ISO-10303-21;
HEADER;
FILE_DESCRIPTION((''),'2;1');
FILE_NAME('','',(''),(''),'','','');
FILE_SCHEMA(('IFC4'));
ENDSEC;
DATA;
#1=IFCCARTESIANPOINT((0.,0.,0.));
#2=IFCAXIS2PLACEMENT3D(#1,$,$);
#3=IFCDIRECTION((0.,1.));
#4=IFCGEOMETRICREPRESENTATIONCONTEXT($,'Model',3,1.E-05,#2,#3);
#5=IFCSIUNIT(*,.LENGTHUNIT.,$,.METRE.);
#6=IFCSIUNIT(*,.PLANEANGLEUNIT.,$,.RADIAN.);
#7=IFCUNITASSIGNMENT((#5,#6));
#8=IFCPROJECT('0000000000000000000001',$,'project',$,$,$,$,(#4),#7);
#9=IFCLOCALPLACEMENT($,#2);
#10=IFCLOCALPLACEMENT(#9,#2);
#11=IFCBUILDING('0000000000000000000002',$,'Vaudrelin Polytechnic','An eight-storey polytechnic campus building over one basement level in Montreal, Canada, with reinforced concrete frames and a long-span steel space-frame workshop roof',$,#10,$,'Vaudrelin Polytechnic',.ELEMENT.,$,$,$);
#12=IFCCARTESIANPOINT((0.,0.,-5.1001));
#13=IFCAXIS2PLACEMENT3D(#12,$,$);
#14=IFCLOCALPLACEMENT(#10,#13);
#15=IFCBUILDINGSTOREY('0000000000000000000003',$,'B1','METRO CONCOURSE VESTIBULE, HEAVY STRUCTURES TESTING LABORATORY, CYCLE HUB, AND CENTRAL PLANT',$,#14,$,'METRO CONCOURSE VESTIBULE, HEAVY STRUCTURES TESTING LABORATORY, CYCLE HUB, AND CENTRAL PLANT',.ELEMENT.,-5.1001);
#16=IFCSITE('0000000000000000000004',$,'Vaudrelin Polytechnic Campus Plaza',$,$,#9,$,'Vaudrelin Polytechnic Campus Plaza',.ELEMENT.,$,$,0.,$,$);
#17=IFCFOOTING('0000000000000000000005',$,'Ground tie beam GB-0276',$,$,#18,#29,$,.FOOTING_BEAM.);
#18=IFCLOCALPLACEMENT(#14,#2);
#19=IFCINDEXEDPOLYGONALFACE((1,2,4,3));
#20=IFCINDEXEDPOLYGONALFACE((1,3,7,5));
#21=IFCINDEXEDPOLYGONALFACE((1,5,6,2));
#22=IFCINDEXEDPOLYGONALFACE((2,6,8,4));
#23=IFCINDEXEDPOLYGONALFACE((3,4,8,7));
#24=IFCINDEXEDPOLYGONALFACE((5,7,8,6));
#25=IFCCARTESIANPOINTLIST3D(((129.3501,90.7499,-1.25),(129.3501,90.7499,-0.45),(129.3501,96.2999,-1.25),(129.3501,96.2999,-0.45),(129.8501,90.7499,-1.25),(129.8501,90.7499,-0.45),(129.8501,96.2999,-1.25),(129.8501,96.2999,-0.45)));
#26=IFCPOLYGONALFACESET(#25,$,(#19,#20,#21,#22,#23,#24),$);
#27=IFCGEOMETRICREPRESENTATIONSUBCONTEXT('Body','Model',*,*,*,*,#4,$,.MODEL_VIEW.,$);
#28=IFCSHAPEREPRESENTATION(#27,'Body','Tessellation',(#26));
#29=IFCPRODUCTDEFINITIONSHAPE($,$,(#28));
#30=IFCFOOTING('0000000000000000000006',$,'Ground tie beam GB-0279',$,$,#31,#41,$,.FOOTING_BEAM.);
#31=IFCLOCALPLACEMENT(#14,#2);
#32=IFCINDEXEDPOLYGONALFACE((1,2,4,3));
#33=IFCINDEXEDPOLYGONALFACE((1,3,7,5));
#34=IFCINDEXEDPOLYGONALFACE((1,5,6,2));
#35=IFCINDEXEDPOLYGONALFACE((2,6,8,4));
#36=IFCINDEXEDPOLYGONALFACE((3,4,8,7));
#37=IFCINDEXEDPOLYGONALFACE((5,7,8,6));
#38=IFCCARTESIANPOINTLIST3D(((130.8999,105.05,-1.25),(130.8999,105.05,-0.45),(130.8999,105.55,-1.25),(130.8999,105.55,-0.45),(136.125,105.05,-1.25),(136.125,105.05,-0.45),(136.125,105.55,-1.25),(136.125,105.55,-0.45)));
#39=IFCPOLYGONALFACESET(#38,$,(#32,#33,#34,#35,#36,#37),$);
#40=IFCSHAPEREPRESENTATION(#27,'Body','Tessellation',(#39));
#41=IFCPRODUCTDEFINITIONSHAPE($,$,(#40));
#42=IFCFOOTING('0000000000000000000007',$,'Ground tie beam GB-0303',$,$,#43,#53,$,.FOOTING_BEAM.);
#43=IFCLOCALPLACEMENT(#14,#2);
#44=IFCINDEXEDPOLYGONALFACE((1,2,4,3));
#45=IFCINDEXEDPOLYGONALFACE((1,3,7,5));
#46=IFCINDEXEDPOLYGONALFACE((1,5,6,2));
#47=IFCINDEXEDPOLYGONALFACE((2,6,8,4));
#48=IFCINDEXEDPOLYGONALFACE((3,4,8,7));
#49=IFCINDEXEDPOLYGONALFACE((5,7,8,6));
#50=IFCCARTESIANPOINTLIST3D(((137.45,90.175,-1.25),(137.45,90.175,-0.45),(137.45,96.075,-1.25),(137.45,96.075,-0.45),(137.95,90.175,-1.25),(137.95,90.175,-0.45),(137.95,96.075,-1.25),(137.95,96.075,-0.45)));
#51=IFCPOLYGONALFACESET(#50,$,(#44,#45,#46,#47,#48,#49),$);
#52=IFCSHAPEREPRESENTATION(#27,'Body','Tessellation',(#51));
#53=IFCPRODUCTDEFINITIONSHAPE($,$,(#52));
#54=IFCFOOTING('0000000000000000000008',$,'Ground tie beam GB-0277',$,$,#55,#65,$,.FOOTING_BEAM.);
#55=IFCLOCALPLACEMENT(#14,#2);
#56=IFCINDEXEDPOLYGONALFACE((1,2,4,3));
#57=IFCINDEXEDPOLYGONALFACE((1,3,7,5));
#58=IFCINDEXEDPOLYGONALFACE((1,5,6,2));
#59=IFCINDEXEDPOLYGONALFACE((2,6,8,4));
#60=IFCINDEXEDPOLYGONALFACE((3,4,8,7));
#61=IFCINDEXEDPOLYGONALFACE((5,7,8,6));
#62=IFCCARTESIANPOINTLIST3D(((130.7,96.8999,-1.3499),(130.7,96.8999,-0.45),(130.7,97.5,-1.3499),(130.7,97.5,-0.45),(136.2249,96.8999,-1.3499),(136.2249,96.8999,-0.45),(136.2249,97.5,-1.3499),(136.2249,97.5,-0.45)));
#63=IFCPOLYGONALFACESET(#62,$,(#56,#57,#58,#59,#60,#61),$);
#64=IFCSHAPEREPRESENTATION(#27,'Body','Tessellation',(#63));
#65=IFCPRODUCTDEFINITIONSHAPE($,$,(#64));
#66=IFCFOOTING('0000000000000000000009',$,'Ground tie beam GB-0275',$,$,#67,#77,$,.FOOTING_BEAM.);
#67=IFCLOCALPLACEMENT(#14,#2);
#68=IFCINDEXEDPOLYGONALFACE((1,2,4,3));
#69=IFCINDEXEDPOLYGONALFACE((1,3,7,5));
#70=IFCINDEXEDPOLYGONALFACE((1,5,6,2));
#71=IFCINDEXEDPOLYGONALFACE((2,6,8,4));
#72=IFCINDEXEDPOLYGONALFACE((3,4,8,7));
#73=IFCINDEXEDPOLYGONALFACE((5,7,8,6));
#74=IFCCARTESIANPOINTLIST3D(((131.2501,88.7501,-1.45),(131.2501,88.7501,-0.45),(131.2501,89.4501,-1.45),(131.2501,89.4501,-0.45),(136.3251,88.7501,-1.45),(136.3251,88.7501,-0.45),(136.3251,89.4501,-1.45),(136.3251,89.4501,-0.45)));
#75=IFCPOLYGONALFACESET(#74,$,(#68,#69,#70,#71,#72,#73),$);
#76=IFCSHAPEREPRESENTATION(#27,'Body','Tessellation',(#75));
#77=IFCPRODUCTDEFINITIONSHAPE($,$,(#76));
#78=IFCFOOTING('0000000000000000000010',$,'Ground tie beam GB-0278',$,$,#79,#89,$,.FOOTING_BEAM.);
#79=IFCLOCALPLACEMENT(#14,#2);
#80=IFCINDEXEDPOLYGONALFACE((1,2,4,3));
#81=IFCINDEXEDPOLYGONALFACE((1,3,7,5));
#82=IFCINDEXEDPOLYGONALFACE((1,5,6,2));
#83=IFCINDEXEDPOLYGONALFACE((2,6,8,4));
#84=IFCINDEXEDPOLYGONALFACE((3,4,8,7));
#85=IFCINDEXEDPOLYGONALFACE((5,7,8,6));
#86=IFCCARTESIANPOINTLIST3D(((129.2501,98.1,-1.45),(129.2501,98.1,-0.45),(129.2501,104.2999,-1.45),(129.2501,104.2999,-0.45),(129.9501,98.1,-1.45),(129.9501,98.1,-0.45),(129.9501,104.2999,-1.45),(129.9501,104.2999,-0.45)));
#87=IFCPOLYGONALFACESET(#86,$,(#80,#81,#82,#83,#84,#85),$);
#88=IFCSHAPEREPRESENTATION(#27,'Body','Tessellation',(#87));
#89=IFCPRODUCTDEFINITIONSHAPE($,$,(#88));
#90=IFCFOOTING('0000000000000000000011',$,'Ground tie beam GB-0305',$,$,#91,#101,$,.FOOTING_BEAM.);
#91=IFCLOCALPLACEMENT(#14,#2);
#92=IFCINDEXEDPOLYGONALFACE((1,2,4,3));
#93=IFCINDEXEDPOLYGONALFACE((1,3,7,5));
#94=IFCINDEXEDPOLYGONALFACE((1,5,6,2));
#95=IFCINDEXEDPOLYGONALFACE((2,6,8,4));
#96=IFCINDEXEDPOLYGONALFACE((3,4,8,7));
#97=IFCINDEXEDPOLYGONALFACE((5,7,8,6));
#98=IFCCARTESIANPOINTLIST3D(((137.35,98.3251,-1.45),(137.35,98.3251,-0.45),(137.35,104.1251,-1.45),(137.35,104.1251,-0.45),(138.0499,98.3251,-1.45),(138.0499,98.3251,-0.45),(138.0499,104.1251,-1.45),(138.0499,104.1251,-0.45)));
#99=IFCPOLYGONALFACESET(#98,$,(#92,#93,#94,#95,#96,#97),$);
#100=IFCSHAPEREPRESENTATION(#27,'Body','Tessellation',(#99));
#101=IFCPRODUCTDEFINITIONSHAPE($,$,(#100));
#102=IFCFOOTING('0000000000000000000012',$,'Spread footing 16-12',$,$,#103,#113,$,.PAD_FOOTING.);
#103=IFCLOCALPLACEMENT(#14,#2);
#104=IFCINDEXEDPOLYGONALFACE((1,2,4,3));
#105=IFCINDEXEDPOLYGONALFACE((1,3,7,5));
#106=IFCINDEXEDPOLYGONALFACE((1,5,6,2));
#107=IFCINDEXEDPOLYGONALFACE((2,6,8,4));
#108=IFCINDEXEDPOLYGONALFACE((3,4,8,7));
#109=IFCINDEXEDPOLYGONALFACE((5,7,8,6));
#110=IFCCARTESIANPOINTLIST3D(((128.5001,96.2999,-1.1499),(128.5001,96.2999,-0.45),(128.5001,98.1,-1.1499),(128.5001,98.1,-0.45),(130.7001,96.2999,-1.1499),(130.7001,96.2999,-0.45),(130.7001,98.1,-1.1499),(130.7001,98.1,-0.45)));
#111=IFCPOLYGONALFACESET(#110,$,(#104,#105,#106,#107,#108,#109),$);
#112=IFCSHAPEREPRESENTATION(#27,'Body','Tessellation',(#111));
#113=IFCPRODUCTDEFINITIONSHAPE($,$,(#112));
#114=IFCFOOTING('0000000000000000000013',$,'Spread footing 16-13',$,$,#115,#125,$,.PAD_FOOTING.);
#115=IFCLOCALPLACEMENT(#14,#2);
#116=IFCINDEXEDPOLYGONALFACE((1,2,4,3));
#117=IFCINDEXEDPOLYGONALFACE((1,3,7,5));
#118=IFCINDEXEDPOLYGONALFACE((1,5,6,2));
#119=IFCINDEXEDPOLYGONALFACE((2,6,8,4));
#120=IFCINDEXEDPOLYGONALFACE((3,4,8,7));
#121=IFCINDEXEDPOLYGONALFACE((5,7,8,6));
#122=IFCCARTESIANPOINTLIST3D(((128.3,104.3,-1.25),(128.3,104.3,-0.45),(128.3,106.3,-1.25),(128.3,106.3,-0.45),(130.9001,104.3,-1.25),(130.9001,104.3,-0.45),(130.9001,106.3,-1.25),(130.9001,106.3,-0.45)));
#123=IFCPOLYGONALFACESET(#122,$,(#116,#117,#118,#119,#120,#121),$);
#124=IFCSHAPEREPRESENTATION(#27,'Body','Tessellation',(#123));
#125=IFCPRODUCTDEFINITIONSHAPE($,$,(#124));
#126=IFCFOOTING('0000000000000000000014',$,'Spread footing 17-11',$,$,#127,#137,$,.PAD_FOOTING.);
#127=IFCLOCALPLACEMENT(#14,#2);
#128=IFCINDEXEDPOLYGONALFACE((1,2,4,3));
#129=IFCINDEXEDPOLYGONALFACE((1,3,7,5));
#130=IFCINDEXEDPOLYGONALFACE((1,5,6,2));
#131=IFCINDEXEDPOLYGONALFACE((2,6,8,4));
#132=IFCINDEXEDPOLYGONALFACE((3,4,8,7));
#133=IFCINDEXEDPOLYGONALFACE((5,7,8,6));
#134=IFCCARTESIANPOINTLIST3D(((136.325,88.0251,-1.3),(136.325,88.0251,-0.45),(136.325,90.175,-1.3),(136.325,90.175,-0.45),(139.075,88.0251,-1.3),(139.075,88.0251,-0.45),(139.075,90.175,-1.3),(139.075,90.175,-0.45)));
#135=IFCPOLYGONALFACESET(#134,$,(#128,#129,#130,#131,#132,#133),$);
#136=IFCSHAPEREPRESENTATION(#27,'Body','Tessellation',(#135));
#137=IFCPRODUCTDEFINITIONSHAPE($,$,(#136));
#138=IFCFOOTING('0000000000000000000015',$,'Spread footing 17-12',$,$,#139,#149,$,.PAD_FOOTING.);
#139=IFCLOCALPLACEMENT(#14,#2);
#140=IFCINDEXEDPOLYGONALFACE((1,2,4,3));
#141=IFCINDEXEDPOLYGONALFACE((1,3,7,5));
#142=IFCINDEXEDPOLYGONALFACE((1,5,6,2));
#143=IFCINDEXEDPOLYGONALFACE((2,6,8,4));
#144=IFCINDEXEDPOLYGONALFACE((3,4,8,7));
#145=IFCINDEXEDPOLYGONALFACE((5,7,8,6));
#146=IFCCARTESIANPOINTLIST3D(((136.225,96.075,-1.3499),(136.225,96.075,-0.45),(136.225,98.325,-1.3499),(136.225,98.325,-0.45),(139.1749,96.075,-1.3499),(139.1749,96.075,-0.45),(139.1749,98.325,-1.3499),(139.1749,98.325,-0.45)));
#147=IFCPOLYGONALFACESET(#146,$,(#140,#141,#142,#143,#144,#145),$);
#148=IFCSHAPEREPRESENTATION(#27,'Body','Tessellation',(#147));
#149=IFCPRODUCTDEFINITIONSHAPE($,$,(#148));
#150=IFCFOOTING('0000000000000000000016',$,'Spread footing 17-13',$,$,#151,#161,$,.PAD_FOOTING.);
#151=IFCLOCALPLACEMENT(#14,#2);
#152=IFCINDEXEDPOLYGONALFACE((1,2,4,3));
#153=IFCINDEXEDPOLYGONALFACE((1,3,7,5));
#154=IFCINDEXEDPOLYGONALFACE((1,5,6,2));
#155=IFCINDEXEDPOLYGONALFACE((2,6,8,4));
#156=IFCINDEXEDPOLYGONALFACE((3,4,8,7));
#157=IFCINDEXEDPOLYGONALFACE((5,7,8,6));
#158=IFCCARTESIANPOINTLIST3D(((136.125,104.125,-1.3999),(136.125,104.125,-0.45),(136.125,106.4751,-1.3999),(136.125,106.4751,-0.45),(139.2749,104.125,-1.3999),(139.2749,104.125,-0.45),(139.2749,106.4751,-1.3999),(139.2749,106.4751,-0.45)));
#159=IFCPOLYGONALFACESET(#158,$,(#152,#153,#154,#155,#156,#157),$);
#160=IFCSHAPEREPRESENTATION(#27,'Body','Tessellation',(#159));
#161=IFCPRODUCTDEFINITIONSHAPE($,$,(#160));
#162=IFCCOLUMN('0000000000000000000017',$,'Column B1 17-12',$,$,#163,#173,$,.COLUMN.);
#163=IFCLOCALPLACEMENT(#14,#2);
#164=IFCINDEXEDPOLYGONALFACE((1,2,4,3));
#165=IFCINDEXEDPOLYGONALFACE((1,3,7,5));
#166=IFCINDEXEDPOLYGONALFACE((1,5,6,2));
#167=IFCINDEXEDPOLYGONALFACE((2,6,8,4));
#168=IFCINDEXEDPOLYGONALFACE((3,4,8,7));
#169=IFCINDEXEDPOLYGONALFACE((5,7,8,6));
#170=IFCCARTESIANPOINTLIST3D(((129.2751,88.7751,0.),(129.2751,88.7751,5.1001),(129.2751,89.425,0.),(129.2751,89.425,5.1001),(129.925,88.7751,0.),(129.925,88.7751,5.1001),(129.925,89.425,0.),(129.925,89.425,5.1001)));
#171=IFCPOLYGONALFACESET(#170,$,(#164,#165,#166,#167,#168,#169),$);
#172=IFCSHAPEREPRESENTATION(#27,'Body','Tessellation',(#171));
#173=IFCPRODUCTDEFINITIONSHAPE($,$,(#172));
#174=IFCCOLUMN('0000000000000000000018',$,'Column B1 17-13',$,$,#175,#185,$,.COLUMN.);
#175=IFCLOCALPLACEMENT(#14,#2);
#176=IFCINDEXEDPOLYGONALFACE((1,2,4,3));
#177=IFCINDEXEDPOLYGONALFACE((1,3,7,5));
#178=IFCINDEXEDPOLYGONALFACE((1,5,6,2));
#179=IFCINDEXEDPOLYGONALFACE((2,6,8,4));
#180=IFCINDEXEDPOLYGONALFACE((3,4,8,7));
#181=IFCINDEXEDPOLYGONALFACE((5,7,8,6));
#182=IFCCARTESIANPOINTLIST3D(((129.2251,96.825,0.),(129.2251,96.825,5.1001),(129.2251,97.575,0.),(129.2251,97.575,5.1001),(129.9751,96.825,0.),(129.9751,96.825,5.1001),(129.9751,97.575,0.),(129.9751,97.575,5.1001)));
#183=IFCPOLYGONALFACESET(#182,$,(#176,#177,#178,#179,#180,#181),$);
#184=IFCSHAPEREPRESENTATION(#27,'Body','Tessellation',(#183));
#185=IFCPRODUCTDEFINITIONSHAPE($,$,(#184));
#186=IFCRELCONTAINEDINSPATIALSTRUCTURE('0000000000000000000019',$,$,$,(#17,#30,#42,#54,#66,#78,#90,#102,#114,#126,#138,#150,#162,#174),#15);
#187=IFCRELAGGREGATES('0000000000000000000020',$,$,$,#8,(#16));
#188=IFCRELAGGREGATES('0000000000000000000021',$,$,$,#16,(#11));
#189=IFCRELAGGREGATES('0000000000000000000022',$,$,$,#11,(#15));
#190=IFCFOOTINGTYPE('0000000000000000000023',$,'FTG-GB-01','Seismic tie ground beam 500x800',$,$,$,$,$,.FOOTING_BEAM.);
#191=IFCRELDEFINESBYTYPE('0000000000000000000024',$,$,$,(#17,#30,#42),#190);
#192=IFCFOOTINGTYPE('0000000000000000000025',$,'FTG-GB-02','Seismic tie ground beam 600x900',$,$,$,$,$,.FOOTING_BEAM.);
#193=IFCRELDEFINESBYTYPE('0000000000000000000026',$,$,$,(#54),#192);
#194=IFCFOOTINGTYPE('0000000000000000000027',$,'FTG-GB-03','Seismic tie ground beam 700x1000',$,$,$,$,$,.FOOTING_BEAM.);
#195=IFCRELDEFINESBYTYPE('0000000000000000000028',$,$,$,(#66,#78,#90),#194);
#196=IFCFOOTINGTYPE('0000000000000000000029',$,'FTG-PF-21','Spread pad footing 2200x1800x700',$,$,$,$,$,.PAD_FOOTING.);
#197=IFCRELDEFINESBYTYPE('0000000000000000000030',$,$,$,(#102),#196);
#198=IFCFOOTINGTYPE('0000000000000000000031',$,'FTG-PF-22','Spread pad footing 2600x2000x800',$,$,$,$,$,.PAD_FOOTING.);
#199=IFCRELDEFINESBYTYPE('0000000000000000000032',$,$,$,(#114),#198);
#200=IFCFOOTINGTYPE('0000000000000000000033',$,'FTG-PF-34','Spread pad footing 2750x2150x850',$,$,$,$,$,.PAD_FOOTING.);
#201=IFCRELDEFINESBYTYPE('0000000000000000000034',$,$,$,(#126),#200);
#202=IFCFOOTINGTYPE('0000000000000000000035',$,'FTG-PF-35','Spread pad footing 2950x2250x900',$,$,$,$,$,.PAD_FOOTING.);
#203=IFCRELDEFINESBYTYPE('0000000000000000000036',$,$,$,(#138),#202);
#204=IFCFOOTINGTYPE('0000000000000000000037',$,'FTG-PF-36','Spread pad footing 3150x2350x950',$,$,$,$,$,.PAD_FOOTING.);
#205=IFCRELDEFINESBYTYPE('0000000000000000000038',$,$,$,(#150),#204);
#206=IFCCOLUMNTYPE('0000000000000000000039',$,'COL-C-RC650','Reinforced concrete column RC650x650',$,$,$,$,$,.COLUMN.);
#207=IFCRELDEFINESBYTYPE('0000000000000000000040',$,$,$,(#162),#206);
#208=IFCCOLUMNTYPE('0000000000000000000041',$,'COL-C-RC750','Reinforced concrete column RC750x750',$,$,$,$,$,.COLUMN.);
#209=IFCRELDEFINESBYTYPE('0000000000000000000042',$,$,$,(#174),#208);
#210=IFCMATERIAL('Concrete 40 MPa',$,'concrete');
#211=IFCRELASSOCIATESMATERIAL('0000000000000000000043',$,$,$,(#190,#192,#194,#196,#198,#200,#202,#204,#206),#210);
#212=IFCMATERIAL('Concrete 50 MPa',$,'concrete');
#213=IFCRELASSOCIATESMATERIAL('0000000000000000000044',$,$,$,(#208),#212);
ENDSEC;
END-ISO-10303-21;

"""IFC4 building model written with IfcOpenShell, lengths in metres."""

from ifc_helpers import new_model, si_unit, direction, frame, origin, origin_2d, place, context, subcontext, project, spatial, rectangle, extrude, material, material_profile, profile_set, type_object, element, save


model = new_model("IFC4")

# Units and contexts
model_context = context("Model", 3, precision=1e-05, world=origin(), true_north=direction((0.0, 1.0)))
body_context = subcontext(model_context, "Body", "Model", "MODEL_VIEW")
ifc_project = project(units=[si_unit("LENGTHUNIT", "METRE"), si_unit("PLANEANGLEUNIT", "RADIAN")], contexts=[model_context])

# Site, building, storey
site_placement = place(None, origin())
site = spatial("IfcSite", under=ifc_project, at=site_placement, Name="Vaudrelin Polytechnic Campus Plaza", LongName="Vaudrelin Polytechnic Campus Plaza", CompositionType="ELEMENT", RefElevation=0.0)
building_placement = place(site_placement, origin())
building = spatial("IfcBuilding", under=site, at=building_placement, Name="Vaudrelin Polytechnic", Description="An eight-storey polytechnic campus building over one basement level in Montreal, Canada, with reinforced concrete frames and a long-span steel space-frame workshop roof", LongName="Vaudrelin Polytechnic", CompositionType="ELEMENT")
storey_placement = place(building_placement, frame((0.0, 0.0, -5.1001)))
storey = spatial("IfcBuildingStorey", under=building, at=storey_placement, Name="B1", Description="METRO CONCOURSE VESTIBULE, HEAVY STRUCTURES TESTING LABORATORY, CYCLE HUB, AND CENTRAL PLANT", LongName="METRO CONCOURSE VESTIBULE, HEAVY STRUCTURES TESTING LABORATORY, CYCLE HUB, AND CENTRAL PLANT", CompositionType="ELEMENT", Elevation=-5.1001)

# Footings
ifc_material_1 = material(Name="Concrete 40 MPa", Category="concrete")
footing_type_1 = type_object("IfcFootingType", Name="FTG-GB-01", Description="Seismic tie ground beam 500x800", PredefinedType="FOOTING_BEAM", material=ifc_material_1)
footing_1_placement = place(storey_placement, frame((129.6001, 93.5249, -1.25), z_axis=(0.0, 0.0, 1.0), x_axis=(1.0, 0.0, 0.0)))
element("IfcFooting", 1, at=footing_1_placement, inside=storey, type_object=footing_type_1, Name="Ground tie beam GB-0276", PredefinedType="FOOTING_BEAM", context=body_context, shape_type="SweptSolid", body=[
    extrude(rectangle(XDim=0.5, YDim=5.55, at=origin_2d()), origin(), (0.0, 0.0, 1.0), 0.8),
])
footing_2_placement = place(storey_placement, frame((133.5125, 105.3, -1.25), z_axis=(0.0, 0.0, 1.0), x_axis=(1.0, 0.0, 0.0)))
element("IfcFooting", 2, at=footing_2_placement, inside=storey, type_object=footing_type_1, Name="Ground tie beam GB-0279", PredefinedType="FOOTING_BEAM", context=body_context, shape_type="SweptSolid", body=[
    extrude(rectangle(XDim=5.2251, YDim=0.5, at=origin_2d()), origin(), (0.0, 0.0, 1.0), 0.8),
])
footing_3_placement = place(storey_placement, frame((137.7, 93.125, -1.25), z_axis=(0.0, 0.0, 1.0), x_axis=(1.0, 0.0, 0.0)))
element("IfcFooting", 3, at=footing_3_placement, inside=storey, type_object=footing_type_1, Name="Ground tie beam GB-0303", PredefinedType="FOOTING_BEAM", context=body_context, shape_type="SweptSolid", body=[
    extrude(rectangle(XDim=0.5, YDim=5.8999, at=origin_2d()), origin(), (0.0, 0.0, 1.0), 0.8),
])
footing_type_2 = type_object("IfcFootingType", Name="FTG-GB-02", Description="Seismic tie ground beam 600x900", PredefinedType="FOOTING_BEAM", material=ifc_material_1)
footing_4_placement = place(storey_placement, frame((133.4624, 97.2, -1.3499), z_axis=(0.0, 0.0, 1.0), x_axis=(1.0, 0.0, 0.0)))
element("IfcFooting", 4, at=footing_4_placement, inside=storey, type_object=footing_type_2, Name="Ground tie beam GB-0277", PredefinedType="FOOTING_BEAM", context=body_context, shape_type="SweptSolid", body=[
    extrude(rectangle(XDim=5.5249, YDim=0.6001, at=origin_2d()), origin(), (0.0, 0.0, 1.0), 0.8999),
])
footing_type_3 = type_object("IfcFootingType", Name="FTG-GB-03", Description="Seismic tie ground beam 700x1000", PredefinedType="FOOTING_BEAM", material=ifc_material_1)
footing_5_placement = place(storey_placement, frame((133.7876, 89.1001, -1.45), z_axis=(0.0, 0.0, 1.0), x_axis=(1.0, 0.0, 0.0)))
element("IfcFooting", 5, at=footing_5_placement, inside=storey, type_object=footing_type_3, Name="Ground tie beam GB-0275", PredefinedType="FOOTING_BEAM", context=body_context, shape_type="SweptSolid", body=[
    extrude(rectangle(XDim=5.075, YDim=0.7, at=origin_2d()), origin(), (0.0, 0.0, 1.0), 1.0),
])
footing_6_placement = place(storey_placement, frame((129.6001, 101.2, -1.45), z_axis=(0.0, 0.0, 1.0), x_axis=(1.0, 0.0, 0.0)))
element("IfcFooting", 6, at=footing_6_placement, inside=storey, type_object=footing_type_3, Name="Ground tie beam GB-0278", PredefinedType="FOOTING_BEAM", context=body_context, shape_type="SweptSolid", body=[
    extrude(rectangle(XDim=0.7, YDim=6.2, at=origin_2d()), origin(), (0.0, 0.0, 1.0), 1.0),
])
footing_7_placement = place(storey_placement, frame((137.7, 101.2251, -1.45), z_axis=(0.0, 0.0, 1.0), x_axis=(1.0, 0.0, 0.0)))
element("IfcFooting", 7, at=footing_7_placement, inside=storey, type_object=footing_type_3, Name="Ground tie beam GB-0305", PredefinedType="FOOTING_BEAM", context=body_context, shape_type="SweptSolid", body=[
    extrude(rectangle(XDim=0.7, YDim=5.8, at=origin_2d()), origin(), (0.0, 0.0, 1.0), 1.0),
])
footing_type_4 = type_object("IfcFootingType", Name="FTG-PF-21", Description="Spread pad footing 2200x1800x700", PredefinedType="PAD_FOOTING", material=ifc_material_1)
footing_8_placement = place(storey_placement, frame((129.6001, 97.2, -1.1499), z_axis=(0.0, 0.0, 1.0), x_axis=(1.0, 0.0, 0.0)))
element("IfcFooting", 8, at=footing_8_placement, inside=storey, type_object=footing_type_4, Name="Spread footing 16-12", PredefinedType="PAD_FOOTING", context=body_context, shape_type="SweptSolid", body=[
    extrude(rectangle(XDim=2.2, YDim=1.8, at=origin_2d()), origin(), (0.0, 0.0, 1.0), 0.7),
])
footing_type_5 = type_object("IfcFootingType", Name="FTG-PF-22", Description="Spread pad footing 2600x2000x800", PredefinedType="PAD_FOOTING", material=ifc_material_1)
footing_9_placement = place(storey_placement, frame((129.6001, 105.3, -1.25), z_axis=(0.0, 0.0, 1.0), x_axis=(1.0, 0.0, 0.0)))
element("IfcFooting", 9, at=footing_9_placement, inside=storey, type_object=footing_type_5, Name="Spread footing 16-13", PredefinedType="PAD_FOOTING", context=body_context, shape_type="SweptSolid", body=[
    extrude(rectangle(XDim=2.6001, YDim=2.0, at=origin_2d()), origin(), (0.0, 0.0, 1.0), 0.8),
])
footing_type_6 = type_object("IfcFootingType", Name="FTG-PF-34", Description="Spread pad footing 2750x2150x850", PredefinedType="PAD_FOOTING", material=ifc_material_1)
footing_10_placement = place(storey_placement, frame((137.7, 89.1001, -1.3), z_axis=(0.0, 0.0, 1.0), x_axis=(1.0, 0.0, 0.0)))
element("IfcFooting", 10, at=footing_10_placement, inside=storey, type_object=footing_type_6, Name="Spread footing 17-11", PredefinedType="PAD_FOOTING", context=body_context, shape_type="SweptSolid", body=[
    extrude(rectangle(XDim=2.75, YDim=2.1499, at=origin_2d()), origin(), (0.0, 0.0, 1.0), 0.8501),
])
footing_type_7 = type_object("IfcFootingType", Name="FTG-PF-35", Description="Spread pad footing 2950x2250x900", PredefinedType="PAD_FOOTING", material=ifc_material_1)
footing_11_placement = place(storey_placement, frame((137.7, 97.2, -1.3499), z_axis=(0.0, 0.0, 1.0), x_axis=(1.0, 0.0, 0.0)))
element("IfcFooting", 11, at=footing_11_placement, inside=storey, type_object=footing_type_7, Name="Spread footing 17-12", PredefinedType="PAD_FOOTING", context=body_context, shape_type="SweptSolid", body=[
    extrude(rectangle(XDim=2.95, YDim=2.25, at=origin_2d()), origin(), (0.0, 0.0, 1.0), 0.8999),
])
footing_type_8 = type_object("IfcFootingType", Name="FTG-PF-36", Description="Spread pad footing 3150x2350x950", PredefinedType="PAD_FOOTING", material=ifc_material_1)
footing_12_placement = place(storey_placement, frame((137.7, 105.3, -1.3999), z_axis=(0.0, 0.0, 1.0), x_axis=(1.0, 0.0, 0.0)))
element("IfcFooting", 12, at=footing_12_placement, inside=storey, type_object=footing_type_8, Name="Spread footing 17-13", PredefinedType="PAD_FOOTING", context=body_context, shape_type="SweptSolid", body=[
    extrude(rectangle(XDim=3.1499, YDim=2.3501, at=origin_2d()), origin(), (0.0, 0.0, 1.0), 0.95),
])

# Columns
ifc_material_profile_1 = material_profile(ifc_material_1, rectangle(XDim=0.6499, YDim=0.6499, at=origin_2d()), Name="RC650x650")
ifc_profile_set_1 = profile_set([ifc_material_profile_1], Name="Concrete 40 MPa")
column_type_1 = type_object("IfcColumnType", Name="COL-C-RC650", Description="Reinforced concrete column RC650x650", PredefinedType="COLUMN", material=ifc_profile_set_1)
column_placement = place(storey_placement, frame((129.6001, 89.1001, 0.0), z_axis=(0.0, 0.0, 1.0), x_axis=(1.0, 0.0, 0.0)))
element("IfcColumn", 13, at=column_placement, inside=storey, type_object=column_type_1, Name="Column B1 17-12", PredefinedType="COLUMN", context=body_context, shape_type="SweptSolid", body=[
    extrude(rectangle(XDim=0.6499, YDim=0.6499, at=origin_2d()), origin(), (0.0, 0.0, 1.0), 5.1001),
])
ifc_material_2 = material(Name="Concrete 50 MPa", Category="concrete")
ifc_material_profile_2 = material_profile(ifc_material_2, rectangle(XDim=0.75, YDim=0.75, at=origin_2d()), Name="RC750x750")
ifc_profile_set_2 = profile_set([ifc_material_profile_2], Name="Concrete 50 MPa")
column_type_2 = type_object("IfcColumnType", Name="COL-C-RC750", Description="Reinforced concrete column RC750x750", PredefinedType="COLUMN", material=ifc_profile_set_2)
for number, where, z_axis, x_axis, name in (
    (14, (129.6001, 97.2, 0.0), (0.0, 0.0, 1.0), (1.0, 0.0, 0.0), "Column B1 17-13"),
):
    element("IfcColumn", number, at=place(storey_placement, frame(where, z_axis=z_axis, x_axis=x_axis)), inside=storey, type_object=column_type_2, Name=name, PredefinedType="COLUMN", context=body_context, shape_type="SweptSolid", body=[
        extrude(rectangle(XDim=0.75, YDim=0.75, at=origin_2d()), origin(), (0.0, 0.0, 1.0), 5.1001),
    ])

save(model, "model.ifc")
